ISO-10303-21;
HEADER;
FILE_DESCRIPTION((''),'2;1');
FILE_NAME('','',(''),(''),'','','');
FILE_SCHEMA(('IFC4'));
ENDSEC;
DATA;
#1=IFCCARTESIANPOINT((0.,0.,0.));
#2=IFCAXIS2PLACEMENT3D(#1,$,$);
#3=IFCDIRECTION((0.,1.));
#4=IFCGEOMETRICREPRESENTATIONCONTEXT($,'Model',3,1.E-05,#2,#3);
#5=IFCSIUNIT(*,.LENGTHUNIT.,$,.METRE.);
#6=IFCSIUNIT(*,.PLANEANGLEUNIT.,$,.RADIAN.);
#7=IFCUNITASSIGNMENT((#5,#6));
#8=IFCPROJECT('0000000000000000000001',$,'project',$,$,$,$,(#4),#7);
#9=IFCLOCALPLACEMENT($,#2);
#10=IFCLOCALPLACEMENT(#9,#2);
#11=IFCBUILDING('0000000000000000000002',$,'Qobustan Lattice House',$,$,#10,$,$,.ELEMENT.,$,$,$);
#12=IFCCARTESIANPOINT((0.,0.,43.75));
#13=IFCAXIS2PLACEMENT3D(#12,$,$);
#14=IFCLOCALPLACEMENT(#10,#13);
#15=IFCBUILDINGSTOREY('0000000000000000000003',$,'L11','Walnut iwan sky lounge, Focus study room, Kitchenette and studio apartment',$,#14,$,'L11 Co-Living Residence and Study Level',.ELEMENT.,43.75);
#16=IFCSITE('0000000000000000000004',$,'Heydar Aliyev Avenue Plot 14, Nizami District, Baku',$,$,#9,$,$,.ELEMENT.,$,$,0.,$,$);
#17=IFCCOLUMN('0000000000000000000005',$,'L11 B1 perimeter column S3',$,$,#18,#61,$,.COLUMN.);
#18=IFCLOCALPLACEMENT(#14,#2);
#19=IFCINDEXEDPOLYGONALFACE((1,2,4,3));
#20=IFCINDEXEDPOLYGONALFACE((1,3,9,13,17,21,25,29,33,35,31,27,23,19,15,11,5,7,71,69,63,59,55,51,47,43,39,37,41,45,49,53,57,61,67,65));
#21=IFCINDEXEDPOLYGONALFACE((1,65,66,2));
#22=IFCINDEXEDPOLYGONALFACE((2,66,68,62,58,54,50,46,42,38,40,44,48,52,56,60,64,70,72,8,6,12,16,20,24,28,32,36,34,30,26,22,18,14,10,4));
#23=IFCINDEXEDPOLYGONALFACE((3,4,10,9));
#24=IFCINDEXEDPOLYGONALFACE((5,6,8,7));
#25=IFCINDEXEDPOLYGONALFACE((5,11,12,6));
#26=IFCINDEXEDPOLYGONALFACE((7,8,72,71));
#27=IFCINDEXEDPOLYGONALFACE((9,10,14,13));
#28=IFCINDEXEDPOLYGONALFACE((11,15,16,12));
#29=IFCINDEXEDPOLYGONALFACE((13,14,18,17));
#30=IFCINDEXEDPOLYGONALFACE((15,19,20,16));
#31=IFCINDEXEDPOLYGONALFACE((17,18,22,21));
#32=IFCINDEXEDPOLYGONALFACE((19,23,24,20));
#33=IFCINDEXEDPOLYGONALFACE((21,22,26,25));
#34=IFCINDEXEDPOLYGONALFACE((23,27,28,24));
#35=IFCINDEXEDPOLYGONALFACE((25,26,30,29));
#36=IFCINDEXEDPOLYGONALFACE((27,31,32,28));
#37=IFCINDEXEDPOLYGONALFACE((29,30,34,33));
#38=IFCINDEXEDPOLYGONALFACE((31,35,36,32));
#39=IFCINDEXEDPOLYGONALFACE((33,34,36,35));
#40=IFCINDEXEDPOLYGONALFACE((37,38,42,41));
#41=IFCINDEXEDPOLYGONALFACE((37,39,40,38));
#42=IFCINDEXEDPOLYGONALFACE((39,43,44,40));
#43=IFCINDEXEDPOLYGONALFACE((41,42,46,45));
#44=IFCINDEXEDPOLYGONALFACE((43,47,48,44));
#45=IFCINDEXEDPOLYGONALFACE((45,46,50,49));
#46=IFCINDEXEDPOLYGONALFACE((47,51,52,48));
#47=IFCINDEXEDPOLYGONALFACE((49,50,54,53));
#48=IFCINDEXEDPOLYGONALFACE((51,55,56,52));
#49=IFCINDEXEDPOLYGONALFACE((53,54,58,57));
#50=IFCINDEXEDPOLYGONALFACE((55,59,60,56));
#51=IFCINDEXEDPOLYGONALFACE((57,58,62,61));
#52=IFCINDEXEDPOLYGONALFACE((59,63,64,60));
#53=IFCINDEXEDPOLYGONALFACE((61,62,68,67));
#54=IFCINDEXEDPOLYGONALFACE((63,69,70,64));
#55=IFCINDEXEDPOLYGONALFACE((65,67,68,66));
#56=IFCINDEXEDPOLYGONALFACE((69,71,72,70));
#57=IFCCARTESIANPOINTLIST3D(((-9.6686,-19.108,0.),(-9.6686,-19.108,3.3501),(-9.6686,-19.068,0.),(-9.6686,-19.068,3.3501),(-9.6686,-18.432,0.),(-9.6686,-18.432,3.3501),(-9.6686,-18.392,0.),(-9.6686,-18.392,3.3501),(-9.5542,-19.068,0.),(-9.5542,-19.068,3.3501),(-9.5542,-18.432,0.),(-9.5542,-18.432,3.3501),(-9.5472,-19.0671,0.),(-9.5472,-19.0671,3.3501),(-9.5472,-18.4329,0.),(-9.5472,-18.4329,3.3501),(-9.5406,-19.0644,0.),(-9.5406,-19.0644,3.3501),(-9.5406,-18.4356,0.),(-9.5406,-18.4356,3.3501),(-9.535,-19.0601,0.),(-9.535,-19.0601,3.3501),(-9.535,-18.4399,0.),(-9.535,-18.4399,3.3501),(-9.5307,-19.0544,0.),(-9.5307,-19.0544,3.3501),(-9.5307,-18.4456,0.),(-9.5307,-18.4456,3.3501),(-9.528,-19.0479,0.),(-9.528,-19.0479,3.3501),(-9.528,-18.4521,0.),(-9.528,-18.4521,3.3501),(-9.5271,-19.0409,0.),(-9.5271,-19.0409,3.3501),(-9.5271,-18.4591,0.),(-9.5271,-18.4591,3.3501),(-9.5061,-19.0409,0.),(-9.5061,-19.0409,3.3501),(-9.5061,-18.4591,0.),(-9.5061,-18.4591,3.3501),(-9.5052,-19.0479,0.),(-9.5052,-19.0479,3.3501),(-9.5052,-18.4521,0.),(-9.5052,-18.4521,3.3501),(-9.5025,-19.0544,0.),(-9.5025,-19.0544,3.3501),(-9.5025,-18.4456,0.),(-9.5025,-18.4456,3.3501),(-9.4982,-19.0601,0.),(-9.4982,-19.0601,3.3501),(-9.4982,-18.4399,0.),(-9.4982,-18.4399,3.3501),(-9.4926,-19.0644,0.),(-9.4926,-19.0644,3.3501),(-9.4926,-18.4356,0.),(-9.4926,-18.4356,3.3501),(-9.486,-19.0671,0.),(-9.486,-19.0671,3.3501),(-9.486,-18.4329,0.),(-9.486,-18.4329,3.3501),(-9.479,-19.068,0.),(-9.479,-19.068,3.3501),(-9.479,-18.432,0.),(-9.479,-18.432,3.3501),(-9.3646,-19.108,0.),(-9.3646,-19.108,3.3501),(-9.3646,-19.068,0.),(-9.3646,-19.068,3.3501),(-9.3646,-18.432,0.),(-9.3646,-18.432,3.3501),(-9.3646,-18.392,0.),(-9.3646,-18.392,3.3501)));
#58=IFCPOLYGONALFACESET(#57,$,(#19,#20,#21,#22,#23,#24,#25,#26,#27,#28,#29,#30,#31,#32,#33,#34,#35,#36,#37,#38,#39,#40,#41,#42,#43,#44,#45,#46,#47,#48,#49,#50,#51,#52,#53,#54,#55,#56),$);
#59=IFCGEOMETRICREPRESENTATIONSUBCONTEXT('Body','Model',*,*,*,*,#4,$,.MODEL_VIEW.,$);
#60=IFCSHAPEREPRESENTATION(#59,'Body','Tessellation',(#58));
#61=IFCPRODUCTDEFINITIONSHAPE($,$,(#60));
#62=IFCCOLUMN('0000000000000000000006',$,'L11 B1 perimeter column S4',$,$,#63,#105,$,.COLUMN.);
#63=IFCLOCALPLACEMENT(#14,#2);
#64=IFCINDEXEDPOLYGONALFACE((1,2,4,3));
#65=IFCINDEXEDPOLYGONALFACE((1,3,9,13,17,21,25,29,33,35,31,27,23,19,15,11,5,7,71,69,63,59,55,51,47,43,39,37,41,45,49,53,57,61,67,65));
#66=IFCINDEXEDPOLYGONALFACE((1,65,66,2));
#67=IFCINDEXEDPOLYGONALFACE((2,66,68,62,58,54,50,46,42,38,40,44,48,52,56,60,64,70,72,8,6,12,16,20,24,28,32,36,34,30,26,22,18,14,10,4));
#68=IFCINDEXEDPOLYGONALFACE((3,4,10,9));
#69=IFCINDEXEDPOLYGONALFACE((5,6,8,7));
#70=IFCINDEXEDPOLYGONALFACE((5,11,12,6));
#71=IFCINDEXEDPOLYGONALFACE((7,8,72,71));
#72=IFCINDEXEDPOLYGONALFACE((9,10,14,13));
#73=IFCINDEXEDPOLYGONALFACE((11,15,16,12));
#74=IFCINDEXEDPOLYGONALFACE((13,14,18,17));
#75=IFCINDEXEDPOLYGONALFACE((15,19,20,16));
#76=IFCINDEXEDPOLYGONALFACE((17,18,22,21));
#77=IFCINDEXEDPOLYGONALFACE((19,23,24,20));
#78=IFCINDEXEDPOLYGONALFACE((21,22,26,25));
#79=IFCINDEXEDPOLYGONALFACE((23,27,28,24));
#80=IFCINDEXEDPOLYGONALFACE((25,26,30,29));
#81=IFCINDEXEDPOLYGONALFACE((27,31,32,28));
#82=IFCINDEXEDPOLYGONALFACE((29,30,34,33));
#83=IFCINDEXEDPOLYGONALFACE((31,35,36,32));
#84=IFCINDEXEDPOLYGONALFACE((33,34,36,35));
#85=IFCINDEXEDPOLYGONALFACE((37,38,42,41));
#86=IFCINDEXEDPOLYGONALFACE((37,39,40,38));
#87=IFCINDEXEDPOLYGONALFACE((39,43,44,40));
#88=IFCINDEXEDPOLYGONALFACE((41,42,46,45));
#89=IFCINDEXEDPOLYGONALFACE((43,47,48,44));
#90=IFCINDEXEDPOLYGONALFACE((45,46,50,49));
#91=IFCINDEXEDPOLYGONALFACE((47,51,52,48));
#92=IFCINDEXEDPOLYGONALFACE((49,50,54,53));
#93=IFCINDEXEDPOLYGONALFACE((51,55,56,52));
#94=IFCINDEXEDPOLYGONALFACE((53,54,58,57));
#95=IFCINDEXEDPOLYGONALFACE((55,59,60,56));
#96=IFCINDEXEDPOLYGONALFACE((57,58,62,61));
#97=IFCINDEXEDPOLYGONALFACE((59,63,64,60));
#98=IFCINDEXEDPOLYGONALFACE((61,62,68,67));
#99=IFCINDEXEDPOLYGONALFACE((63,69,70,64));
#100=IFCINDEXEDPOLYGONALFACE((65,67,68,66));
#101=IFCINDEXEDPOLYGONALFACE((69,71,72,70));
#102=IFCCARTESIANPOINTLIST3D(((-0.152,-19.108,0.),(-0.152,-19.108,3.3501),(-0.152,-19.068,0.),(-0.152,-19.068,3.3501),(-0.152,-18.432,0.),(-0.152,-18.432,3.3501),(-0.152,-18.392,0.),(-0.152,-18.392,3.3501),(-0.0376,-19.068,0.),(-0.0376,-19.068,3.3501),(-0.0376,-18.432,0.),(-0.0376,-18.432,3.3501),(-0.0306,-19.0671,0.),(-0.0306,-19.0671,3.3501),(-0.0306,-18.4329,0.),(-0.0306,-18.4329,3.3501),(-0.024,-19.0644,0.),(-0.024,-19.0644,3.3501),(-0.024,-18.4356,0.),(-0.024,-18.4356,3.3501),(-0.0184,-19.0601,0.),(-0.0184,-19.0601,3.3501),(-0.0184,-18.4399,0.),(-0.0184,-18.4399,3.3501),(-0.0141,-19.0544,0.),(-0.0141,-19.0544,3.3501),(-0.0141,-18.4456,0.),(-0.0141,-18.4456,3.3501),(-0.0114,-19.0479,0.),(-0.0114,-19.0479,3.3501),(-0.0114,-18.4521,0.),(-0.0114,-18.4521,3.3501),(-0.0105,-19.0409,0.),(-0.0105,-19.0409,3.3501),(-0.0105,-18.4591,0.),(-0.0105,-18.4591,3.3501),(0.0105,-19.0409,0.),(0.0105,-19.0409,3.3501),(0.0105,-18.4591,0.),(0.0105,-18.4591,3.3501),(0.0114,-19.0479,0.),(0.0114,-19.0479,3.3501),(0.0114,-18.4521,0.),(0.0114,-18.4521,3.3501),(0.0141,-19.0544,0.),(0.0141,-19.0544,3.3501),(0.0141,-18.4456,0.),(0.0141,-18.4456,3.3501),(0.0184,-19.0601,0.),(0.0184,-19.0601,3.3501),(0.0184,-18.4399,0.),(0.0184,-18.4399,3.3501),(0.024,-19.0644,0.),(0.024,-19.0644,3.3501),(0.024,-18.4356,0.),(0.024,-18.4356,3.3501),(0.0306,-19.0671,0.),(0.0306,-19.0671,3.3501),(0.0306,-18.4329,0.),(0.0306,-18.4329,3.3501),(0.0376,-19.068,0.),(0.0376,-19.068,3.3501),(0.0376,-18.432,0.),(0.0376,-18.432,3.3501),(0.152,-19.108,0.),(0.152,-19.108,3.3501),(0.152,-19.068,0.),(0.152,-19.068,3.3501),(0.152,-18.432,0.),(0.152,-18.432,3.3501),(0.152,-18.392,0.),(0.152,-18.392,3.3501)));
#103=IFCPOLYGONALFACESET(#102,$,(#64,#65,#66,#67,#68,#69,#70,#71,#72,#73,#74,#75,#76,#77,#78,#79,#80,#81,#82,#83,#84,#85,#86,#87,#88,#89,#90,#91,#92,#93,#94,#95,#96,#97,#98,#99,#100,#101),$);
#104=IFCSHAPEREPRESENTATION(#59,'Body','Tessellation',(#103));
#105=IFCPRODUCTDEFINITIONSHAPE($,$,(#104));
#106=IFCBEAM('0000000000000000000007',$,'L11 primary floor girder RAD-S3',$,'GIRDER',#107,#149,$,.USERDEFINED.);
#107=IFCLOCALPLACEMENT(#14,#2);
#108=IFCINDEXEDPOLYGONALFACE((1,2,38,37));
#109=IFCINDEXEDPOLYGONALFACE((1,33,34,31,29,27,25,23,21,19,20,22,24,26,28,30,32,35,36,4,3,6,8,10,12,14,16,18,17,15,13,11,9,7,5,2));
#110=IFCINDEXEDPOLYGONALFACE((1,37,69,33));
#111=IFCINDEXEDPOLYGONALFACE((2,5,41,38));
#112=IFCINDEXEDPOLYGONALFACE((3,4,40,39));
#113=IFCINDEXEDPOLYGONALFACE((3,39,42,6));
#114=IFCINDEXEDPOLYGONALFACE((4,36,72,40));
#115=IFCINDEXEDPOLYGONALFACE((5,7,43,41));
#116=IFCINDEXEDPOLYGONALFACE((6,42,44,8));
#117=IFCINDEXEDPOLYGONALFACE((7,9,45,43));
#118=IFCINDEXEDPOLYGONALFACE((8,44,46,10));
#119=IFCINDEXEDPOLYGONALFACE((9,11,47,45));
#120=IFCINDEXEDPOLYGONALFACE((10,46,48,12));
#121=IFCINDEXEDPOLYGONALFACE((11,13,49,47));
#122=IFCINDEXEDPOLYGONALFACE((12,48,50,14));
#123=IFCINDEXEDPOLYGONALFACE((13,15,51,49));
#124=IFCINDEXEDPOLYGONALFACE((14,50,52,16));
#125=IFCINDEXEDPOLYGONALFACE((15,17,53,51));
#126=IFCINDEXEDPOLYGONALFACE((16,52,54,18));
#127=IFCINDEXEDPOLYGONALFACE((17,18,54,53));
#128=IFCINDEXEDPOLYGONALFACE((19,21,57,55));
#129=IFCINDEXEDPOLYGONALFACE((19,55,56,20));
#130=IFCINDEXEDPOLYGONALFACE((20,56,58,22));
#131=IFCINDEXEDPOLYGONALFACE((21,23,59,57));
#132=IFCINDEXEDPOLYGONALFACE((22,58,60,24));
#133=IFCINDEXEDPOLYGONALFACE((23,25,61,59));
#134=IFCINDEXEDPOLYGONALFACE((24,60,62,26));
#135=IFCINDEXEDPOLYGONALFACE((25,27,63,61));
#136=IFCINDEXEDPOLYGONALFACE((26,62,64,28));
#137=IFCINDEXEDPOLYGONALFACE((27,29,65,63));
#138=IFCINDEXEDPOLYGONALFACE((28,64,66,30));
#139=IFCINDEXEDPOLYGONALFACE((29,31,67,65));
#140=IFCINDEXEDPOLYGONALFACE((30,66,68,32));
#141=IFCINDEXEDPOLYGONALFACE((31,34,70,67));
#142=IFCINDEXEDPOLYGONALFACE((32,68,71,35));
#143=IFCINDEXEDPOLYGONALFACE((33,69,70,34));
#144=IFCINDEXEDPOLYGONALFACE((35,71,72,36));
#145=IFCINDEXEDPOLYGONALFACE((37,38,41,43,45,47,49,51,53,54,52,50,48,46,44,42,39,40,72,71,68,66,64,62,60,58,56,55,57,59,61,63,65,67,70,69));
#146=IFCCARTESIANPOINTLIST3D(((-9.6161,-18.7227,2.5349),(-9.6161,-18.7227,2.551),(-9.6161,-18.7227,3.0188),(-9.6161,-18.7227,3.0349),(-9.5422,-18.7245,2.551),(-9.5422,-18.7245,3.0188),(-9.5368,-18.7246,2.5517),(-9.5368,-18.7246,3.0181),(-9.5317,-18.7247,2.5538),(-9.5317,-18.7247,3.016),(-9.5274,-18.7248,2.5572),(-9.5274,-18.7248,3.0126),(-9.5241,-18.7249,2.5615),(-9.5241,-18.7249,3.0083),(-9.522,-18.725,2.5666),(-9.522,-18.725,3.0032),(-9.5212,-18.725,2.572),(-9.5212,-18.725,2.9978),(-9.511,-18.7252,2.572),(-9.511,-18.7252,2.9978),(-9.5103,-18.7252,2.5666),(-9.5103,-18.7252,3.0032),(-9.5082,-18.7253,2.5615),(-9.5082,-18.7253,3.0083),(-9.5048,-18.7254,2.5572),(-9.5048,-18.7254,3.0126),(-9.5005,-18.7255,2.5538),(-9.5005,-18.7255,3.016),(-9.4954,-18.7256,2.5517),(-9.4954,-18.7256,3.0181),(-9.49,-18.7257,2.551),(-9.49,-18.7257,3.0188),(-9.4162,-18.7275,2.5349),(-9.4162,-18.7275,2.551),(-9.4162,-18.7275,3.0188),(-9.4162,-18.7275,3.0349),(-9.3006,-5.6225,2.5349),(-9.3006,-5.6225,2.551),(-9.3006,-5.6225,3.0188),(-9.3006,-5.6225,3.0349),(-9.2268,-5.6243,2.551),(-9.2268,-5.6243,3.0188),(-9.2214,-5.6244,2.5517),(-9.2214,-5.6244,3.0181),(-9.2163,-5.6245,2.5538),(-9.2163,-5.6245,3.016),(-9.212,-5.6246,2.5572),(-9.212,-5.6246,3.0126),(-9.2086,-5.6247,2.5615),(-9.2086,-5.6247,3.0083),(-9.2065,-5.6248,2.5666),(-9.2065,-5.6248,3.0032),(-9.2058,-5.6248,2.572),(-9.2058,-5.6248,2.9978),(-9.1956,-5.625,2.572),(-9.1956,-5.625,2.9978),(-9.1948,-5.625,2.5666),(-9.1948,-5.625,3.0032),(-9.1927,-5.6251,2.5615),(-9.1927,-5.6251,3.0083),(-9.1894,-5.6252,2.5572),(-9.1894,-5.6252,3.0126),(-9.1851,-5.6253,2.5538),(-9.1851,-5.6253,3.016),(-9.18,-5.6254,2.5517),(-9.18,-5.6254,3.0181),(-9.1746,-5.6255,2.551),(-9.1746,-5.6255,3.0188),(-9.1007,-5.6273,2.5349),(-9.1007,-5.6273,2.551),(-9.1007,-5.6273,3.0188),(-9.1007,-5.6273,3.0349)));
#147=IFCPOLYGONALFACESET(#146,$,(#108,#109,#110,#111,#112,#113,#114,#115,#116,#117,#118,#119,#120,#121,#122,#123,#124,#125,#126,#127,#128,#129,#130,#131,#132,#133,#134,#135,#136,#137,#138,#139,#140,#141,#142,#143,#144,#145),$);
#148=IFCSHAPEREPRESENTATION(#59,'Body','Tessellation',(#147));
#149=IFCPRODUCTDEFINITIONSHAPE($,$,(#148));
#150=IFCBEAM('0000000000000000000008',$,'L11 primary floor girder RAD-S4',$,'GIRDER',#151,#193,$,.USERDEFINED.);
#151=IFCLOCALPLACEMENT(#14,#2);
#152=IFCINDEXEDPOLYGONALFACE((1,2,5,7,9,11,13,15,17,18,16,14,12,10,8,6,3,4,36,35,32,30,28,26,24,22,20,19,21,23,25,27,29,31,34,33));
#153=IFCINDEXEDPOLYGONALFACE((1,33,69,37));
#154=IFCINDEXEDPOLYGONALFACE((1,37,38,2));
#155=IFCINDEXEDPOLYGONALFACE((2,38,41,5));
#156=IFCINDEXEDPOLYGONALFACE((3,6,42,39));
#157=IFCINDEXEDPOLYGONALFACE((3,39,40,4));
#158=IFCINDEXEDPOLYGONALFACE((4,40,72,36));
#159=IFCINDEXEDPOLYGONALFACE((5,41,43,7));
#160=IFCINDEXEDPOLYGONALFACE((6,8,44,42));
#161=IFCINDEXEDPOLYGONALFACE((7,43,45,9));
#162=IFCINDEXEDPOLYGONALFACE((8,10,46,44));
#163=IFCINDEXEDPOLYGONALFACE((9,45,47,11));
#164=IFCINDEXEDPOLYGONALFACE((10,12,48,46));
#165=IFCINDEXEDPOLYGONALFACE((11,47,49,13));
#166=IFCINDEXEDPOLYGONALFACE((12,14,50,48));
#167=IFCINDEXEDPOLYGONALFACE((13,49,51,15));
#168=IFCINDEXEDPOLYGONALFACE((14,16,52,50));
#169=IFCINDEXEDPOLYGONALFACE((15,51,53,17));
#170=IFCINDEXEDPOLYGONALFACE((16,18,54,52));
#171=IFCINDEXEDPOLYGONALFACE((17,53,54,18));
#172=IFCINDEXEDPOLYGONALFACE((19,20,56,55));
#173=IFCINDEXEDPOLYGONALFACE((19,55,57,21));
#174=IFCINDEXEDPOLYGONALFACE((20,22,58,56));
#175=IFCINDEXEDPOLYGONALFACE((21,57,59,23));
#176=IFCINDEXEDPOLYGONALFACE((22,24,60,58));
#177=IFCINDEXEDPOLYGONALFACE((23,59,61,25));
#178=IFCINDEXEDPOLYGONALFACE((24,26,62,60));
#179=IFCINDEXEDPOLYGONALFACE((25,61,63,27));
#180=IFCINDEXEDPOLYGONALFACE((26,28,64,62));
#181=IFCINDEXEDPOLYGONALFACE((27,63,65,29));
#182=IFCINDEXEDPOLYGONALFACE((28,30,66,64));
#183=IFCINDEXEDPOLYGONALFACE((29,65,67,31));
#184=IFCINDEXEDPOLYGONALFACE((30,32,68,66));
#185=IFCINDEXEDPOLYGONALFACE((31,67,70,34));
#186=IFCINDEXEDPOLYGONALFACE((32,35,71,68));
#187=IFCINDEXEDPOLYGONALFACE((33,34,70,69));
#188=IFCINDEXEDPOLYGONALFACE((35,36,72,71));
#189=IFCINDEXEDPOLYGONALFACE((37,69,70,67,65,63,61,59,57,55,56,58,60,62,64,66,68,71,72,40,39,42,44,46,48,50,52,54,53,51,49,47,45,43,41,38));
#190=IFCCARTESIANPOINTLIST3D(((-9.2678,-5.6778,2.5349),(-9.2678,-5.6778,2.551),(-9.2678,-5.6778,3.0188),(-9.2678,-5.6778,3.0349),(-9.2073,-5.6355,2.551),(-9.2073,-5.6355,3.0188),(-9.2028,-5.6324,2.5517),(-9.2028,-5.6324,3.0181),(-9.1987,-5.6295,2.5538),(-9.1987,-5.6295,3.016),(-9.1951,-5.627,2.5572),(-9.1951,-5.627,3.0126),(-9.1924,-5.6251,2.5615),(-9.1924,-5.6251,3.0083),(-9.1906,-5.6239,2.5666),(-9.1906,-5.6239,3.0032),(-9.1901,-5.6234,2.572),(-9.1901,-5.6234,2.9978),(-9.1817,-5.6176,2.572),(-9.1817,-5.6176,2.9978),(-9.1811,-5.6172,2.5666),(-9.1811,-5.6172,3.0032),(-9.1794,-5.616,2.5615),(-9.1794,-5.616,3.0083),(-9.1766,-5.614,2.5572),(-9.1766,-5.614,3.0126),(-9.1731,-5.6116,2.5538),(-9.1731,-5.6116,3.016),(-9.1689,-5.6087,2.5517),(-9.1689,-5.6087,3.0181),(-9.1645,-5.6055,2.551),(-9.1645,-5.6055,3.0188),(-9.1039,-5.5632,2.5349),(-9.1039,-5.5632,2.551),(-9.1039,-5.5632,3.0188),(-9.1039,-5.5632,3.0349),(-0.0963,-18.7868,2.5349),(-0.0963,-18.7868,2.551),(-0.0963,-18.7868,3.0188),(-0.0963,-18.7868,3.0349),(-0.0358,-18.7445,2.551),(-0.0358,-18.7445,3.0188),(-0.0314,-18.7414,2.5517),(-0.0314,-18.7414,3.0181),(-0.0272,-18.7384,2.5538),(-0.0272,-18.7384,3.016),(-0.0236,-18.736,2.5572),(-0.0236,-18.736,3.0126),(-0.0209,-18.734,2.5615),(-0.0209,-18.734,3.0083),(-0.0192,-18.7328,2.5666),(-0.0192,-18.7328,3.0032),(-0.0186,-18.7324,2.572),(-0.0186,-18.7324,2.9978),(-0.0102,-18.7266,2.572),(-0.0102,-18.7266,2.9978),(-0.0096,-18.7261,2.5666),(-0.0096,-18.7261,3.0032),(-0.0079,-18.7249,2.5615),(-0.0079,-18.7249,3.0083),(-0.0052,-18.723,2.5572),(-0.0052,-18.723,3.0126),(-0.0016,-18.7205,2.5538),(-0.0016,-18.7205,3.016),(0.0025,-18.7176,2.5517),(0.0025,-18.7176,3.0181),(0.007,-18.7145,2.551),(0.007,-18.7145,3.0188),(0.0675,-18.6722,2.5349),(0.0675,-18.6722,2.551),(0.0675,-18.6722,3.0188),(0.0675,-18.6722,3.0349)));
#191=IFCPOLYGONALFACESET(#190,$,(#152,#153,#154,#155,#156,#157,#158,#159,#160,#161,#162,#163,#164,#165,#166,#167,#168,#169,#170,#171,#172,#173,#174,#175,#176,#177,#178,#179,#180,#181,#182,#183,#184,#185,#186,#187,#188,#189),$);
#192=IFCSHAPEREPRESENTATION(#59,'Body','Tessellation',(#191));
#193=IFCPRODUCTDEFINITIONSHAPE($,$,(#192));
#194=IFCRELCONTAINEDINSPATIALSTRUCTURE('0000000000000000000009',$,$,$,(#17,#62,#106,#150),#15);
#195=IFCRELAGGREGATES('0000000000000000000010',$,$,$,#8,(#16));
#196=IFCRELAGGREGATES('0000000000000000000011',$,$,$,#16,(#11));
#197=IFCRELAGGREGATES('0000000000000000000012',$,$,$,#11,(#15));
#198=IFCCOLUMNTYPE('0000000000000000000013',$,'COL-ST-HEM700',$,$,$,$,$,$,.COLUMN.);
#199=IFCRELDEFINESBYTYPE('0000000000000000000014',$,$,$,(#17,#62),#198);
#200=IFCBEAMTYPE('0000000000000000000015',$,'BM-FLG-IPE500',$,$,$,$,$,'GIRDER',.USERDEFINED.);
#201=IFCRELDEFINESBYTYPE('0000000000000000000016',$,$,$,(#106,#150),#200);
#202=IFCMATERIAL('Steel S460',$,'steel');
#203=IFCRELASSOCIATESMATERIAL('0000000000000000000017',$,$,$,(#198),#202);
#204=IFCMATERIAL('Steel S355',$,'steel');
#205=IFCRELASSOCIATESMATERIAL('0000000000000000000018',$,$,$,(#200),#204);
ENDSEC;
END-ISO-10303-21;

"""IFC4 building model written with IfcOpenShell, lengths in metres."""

from ifc_helpers import new_model, si_unit, direction, frame, origin, origin_2d, place, context, subcontext, project, spatial, i_section, extrude, material, material_profile, profile_set, type_object, element, save


model = new_model("IFC4")

# Units and contexts
model_context = context("Model", 3, precision=1e-05, world=origin(), true_north=direction((0.0, 1.0)))
body_context = subcontext(model_context, "Body", "Model", "MODEL_VIEW")
ifc_project = project(units=[si_unit("LENGTHUNIT", "METRE"), si_unit("PLANEANGLEUNIT", "RADIAN")], contexts=[model_context])

# Site, building, storey
site_placement = place(None, origin())
site = spatial("IfcSite", under=ifc_project, at=site_placement, Name="Heydar Aliyev Avenue Plot 14, Nizami District, Baku", CompositionType="ELEMENT", RefElevation=0.0)
building_placement = place(site_placement, origin())
building = spatial("IfcBuilding", under=site, at=building_placement, Name="Qobustan Lattice House", CompositionType="ELEMENT")
storey_placement = place(building_placement, frame((0.0, 0.0, 43.75)))
storey = spatial("IfcBuildingStorey", under=building, at=storey_placement, Name="L11", Description="Walnut iwan sky lounge, Focus study room, Kitchenette and studio apartment", LongName="L11 Co-Living Residence and Study Level", CompositionType="ELEMENT", Elevation=43.75)

# Columns
ifc_material_1 = material(Name="Steel S460", Category="steel")
ifc_material_profile_1 = material_profile(ifc_material_1, i_section(OverallWidth=0.304, OverallDepth=0.7161, WebThickness=0.021, FlangeThickness=0.04, FilletRadius=0.0271, at=origin_2d()), Name="HEM700")
ifc_profile_set_1 = profile_set([ifc_material_profile_1], Name="Steel S460")
column_type = type_object("IfcColumnType", Name="COL-ST-HEM700", PredefinedType="COLUMN", material=ifc_profile_set_1)
for number, where, z_axis, x_axis, name in (
    (1, (-9.5166, -18.75, 0.0), (0.0, 0.0, 1.0), (1.0, 0.0, 0.0), "L11 B1 perimeter column S3"),
    (2, (0.0, -18.75, 0.0), (0.0, 0.0, 1.0), (1.0, 0.0, 0.0), "L11 B1 perimeter column S4"),
):
    element("IfcColumn", number, at=place(storey_placement, frame(where, z_axis=z_axis, x_axis=x_axis)), inside=storey, type_object=column_type, Name=name, PredefinedType="COLUMN", context=body_context, shape_type="SweptSolid", body=[
        extrude(i_section(OverallWidth=0.304, OverallDepth=0.7161, WebThickness=0.021, FlangeThickness=0.04, FilletRadius=0.0271, at=origin_2d()), origin(), (0.0, 0.0, 1.0), 3.3501),
    ])

# Beams
ifc_material_2 = material(Name="Steel S355", Category="steel")
ifc_material_profile_2 = material_profile(ifc_material_2, i_section(OverallWidth=0.2, OverallDepth=0.5, WebThickness=0.0103, FlangeThickness=0.0161, FilletRadius=0.021, at=origin_2d()), Name="IPE500")
ifc_profile_set_2 = profile_set([ifc_material_profile_2], Name="Steel S355")
beam_type_1 = type_object("IfcBeamType", Name="BM-FLG-IPE500", ElementType="GIRDER", PredefinedType="USERDEFINED", material=ifc_profile_set_2)
beam_1_placement = place(storey_placement, frame((-9.5161, -18.7251, 2.7849), z_axis=(0.024071, 0.99971, 0.0), x_axis=(-0.99971, 0.024071, 0.0)))
element("IfcBeam", 3, at=beam_1_placement, inside=storey, type_object=beam_type_1, Name="L11 primary floor girder RAD-S3", ObjectType="GIRDER", PredefinedType="USERDEFINED", context=body_context, shape_type="SweptSolid", body=[
    extrude(i_section(OverallWidth=0.2, OverallDepth=0.5, WebThickness=0.0103, FlangeThickness=0.0161, FilletRadius=0.021, at=origin_2d()), origin(), (0.0, 0.0, 1.0), 13.104),
])
beam_2_placement = place(storey_placement, frame((-0.0144, -18.7295, 2.7849), z_axis=(-0.57326, 0.819374, 0.0), x_axis=(-0.819374, -0.57326, 0.0)))
element("IfcBeam", 4, at=beam_2_placement, inside=storey, type_object=beam_type_1, Name="L11 primary floor girder RAD-S4", ObjectType="GIRDER", PredefinedType="USERDEFINED", context=body_context, shape_type="SweptSolid", body=[
    extrude(i_section(OverallWidth=0.2, OverallDepth=0.5, WebThickness=0.0103, FlangeThickness=0.0161, FilletRadius=0.021, at=origin_2d()), origin(), (0.0, 0.0, 1.0), 15.9988),
])

save(model, "model.ifc")
